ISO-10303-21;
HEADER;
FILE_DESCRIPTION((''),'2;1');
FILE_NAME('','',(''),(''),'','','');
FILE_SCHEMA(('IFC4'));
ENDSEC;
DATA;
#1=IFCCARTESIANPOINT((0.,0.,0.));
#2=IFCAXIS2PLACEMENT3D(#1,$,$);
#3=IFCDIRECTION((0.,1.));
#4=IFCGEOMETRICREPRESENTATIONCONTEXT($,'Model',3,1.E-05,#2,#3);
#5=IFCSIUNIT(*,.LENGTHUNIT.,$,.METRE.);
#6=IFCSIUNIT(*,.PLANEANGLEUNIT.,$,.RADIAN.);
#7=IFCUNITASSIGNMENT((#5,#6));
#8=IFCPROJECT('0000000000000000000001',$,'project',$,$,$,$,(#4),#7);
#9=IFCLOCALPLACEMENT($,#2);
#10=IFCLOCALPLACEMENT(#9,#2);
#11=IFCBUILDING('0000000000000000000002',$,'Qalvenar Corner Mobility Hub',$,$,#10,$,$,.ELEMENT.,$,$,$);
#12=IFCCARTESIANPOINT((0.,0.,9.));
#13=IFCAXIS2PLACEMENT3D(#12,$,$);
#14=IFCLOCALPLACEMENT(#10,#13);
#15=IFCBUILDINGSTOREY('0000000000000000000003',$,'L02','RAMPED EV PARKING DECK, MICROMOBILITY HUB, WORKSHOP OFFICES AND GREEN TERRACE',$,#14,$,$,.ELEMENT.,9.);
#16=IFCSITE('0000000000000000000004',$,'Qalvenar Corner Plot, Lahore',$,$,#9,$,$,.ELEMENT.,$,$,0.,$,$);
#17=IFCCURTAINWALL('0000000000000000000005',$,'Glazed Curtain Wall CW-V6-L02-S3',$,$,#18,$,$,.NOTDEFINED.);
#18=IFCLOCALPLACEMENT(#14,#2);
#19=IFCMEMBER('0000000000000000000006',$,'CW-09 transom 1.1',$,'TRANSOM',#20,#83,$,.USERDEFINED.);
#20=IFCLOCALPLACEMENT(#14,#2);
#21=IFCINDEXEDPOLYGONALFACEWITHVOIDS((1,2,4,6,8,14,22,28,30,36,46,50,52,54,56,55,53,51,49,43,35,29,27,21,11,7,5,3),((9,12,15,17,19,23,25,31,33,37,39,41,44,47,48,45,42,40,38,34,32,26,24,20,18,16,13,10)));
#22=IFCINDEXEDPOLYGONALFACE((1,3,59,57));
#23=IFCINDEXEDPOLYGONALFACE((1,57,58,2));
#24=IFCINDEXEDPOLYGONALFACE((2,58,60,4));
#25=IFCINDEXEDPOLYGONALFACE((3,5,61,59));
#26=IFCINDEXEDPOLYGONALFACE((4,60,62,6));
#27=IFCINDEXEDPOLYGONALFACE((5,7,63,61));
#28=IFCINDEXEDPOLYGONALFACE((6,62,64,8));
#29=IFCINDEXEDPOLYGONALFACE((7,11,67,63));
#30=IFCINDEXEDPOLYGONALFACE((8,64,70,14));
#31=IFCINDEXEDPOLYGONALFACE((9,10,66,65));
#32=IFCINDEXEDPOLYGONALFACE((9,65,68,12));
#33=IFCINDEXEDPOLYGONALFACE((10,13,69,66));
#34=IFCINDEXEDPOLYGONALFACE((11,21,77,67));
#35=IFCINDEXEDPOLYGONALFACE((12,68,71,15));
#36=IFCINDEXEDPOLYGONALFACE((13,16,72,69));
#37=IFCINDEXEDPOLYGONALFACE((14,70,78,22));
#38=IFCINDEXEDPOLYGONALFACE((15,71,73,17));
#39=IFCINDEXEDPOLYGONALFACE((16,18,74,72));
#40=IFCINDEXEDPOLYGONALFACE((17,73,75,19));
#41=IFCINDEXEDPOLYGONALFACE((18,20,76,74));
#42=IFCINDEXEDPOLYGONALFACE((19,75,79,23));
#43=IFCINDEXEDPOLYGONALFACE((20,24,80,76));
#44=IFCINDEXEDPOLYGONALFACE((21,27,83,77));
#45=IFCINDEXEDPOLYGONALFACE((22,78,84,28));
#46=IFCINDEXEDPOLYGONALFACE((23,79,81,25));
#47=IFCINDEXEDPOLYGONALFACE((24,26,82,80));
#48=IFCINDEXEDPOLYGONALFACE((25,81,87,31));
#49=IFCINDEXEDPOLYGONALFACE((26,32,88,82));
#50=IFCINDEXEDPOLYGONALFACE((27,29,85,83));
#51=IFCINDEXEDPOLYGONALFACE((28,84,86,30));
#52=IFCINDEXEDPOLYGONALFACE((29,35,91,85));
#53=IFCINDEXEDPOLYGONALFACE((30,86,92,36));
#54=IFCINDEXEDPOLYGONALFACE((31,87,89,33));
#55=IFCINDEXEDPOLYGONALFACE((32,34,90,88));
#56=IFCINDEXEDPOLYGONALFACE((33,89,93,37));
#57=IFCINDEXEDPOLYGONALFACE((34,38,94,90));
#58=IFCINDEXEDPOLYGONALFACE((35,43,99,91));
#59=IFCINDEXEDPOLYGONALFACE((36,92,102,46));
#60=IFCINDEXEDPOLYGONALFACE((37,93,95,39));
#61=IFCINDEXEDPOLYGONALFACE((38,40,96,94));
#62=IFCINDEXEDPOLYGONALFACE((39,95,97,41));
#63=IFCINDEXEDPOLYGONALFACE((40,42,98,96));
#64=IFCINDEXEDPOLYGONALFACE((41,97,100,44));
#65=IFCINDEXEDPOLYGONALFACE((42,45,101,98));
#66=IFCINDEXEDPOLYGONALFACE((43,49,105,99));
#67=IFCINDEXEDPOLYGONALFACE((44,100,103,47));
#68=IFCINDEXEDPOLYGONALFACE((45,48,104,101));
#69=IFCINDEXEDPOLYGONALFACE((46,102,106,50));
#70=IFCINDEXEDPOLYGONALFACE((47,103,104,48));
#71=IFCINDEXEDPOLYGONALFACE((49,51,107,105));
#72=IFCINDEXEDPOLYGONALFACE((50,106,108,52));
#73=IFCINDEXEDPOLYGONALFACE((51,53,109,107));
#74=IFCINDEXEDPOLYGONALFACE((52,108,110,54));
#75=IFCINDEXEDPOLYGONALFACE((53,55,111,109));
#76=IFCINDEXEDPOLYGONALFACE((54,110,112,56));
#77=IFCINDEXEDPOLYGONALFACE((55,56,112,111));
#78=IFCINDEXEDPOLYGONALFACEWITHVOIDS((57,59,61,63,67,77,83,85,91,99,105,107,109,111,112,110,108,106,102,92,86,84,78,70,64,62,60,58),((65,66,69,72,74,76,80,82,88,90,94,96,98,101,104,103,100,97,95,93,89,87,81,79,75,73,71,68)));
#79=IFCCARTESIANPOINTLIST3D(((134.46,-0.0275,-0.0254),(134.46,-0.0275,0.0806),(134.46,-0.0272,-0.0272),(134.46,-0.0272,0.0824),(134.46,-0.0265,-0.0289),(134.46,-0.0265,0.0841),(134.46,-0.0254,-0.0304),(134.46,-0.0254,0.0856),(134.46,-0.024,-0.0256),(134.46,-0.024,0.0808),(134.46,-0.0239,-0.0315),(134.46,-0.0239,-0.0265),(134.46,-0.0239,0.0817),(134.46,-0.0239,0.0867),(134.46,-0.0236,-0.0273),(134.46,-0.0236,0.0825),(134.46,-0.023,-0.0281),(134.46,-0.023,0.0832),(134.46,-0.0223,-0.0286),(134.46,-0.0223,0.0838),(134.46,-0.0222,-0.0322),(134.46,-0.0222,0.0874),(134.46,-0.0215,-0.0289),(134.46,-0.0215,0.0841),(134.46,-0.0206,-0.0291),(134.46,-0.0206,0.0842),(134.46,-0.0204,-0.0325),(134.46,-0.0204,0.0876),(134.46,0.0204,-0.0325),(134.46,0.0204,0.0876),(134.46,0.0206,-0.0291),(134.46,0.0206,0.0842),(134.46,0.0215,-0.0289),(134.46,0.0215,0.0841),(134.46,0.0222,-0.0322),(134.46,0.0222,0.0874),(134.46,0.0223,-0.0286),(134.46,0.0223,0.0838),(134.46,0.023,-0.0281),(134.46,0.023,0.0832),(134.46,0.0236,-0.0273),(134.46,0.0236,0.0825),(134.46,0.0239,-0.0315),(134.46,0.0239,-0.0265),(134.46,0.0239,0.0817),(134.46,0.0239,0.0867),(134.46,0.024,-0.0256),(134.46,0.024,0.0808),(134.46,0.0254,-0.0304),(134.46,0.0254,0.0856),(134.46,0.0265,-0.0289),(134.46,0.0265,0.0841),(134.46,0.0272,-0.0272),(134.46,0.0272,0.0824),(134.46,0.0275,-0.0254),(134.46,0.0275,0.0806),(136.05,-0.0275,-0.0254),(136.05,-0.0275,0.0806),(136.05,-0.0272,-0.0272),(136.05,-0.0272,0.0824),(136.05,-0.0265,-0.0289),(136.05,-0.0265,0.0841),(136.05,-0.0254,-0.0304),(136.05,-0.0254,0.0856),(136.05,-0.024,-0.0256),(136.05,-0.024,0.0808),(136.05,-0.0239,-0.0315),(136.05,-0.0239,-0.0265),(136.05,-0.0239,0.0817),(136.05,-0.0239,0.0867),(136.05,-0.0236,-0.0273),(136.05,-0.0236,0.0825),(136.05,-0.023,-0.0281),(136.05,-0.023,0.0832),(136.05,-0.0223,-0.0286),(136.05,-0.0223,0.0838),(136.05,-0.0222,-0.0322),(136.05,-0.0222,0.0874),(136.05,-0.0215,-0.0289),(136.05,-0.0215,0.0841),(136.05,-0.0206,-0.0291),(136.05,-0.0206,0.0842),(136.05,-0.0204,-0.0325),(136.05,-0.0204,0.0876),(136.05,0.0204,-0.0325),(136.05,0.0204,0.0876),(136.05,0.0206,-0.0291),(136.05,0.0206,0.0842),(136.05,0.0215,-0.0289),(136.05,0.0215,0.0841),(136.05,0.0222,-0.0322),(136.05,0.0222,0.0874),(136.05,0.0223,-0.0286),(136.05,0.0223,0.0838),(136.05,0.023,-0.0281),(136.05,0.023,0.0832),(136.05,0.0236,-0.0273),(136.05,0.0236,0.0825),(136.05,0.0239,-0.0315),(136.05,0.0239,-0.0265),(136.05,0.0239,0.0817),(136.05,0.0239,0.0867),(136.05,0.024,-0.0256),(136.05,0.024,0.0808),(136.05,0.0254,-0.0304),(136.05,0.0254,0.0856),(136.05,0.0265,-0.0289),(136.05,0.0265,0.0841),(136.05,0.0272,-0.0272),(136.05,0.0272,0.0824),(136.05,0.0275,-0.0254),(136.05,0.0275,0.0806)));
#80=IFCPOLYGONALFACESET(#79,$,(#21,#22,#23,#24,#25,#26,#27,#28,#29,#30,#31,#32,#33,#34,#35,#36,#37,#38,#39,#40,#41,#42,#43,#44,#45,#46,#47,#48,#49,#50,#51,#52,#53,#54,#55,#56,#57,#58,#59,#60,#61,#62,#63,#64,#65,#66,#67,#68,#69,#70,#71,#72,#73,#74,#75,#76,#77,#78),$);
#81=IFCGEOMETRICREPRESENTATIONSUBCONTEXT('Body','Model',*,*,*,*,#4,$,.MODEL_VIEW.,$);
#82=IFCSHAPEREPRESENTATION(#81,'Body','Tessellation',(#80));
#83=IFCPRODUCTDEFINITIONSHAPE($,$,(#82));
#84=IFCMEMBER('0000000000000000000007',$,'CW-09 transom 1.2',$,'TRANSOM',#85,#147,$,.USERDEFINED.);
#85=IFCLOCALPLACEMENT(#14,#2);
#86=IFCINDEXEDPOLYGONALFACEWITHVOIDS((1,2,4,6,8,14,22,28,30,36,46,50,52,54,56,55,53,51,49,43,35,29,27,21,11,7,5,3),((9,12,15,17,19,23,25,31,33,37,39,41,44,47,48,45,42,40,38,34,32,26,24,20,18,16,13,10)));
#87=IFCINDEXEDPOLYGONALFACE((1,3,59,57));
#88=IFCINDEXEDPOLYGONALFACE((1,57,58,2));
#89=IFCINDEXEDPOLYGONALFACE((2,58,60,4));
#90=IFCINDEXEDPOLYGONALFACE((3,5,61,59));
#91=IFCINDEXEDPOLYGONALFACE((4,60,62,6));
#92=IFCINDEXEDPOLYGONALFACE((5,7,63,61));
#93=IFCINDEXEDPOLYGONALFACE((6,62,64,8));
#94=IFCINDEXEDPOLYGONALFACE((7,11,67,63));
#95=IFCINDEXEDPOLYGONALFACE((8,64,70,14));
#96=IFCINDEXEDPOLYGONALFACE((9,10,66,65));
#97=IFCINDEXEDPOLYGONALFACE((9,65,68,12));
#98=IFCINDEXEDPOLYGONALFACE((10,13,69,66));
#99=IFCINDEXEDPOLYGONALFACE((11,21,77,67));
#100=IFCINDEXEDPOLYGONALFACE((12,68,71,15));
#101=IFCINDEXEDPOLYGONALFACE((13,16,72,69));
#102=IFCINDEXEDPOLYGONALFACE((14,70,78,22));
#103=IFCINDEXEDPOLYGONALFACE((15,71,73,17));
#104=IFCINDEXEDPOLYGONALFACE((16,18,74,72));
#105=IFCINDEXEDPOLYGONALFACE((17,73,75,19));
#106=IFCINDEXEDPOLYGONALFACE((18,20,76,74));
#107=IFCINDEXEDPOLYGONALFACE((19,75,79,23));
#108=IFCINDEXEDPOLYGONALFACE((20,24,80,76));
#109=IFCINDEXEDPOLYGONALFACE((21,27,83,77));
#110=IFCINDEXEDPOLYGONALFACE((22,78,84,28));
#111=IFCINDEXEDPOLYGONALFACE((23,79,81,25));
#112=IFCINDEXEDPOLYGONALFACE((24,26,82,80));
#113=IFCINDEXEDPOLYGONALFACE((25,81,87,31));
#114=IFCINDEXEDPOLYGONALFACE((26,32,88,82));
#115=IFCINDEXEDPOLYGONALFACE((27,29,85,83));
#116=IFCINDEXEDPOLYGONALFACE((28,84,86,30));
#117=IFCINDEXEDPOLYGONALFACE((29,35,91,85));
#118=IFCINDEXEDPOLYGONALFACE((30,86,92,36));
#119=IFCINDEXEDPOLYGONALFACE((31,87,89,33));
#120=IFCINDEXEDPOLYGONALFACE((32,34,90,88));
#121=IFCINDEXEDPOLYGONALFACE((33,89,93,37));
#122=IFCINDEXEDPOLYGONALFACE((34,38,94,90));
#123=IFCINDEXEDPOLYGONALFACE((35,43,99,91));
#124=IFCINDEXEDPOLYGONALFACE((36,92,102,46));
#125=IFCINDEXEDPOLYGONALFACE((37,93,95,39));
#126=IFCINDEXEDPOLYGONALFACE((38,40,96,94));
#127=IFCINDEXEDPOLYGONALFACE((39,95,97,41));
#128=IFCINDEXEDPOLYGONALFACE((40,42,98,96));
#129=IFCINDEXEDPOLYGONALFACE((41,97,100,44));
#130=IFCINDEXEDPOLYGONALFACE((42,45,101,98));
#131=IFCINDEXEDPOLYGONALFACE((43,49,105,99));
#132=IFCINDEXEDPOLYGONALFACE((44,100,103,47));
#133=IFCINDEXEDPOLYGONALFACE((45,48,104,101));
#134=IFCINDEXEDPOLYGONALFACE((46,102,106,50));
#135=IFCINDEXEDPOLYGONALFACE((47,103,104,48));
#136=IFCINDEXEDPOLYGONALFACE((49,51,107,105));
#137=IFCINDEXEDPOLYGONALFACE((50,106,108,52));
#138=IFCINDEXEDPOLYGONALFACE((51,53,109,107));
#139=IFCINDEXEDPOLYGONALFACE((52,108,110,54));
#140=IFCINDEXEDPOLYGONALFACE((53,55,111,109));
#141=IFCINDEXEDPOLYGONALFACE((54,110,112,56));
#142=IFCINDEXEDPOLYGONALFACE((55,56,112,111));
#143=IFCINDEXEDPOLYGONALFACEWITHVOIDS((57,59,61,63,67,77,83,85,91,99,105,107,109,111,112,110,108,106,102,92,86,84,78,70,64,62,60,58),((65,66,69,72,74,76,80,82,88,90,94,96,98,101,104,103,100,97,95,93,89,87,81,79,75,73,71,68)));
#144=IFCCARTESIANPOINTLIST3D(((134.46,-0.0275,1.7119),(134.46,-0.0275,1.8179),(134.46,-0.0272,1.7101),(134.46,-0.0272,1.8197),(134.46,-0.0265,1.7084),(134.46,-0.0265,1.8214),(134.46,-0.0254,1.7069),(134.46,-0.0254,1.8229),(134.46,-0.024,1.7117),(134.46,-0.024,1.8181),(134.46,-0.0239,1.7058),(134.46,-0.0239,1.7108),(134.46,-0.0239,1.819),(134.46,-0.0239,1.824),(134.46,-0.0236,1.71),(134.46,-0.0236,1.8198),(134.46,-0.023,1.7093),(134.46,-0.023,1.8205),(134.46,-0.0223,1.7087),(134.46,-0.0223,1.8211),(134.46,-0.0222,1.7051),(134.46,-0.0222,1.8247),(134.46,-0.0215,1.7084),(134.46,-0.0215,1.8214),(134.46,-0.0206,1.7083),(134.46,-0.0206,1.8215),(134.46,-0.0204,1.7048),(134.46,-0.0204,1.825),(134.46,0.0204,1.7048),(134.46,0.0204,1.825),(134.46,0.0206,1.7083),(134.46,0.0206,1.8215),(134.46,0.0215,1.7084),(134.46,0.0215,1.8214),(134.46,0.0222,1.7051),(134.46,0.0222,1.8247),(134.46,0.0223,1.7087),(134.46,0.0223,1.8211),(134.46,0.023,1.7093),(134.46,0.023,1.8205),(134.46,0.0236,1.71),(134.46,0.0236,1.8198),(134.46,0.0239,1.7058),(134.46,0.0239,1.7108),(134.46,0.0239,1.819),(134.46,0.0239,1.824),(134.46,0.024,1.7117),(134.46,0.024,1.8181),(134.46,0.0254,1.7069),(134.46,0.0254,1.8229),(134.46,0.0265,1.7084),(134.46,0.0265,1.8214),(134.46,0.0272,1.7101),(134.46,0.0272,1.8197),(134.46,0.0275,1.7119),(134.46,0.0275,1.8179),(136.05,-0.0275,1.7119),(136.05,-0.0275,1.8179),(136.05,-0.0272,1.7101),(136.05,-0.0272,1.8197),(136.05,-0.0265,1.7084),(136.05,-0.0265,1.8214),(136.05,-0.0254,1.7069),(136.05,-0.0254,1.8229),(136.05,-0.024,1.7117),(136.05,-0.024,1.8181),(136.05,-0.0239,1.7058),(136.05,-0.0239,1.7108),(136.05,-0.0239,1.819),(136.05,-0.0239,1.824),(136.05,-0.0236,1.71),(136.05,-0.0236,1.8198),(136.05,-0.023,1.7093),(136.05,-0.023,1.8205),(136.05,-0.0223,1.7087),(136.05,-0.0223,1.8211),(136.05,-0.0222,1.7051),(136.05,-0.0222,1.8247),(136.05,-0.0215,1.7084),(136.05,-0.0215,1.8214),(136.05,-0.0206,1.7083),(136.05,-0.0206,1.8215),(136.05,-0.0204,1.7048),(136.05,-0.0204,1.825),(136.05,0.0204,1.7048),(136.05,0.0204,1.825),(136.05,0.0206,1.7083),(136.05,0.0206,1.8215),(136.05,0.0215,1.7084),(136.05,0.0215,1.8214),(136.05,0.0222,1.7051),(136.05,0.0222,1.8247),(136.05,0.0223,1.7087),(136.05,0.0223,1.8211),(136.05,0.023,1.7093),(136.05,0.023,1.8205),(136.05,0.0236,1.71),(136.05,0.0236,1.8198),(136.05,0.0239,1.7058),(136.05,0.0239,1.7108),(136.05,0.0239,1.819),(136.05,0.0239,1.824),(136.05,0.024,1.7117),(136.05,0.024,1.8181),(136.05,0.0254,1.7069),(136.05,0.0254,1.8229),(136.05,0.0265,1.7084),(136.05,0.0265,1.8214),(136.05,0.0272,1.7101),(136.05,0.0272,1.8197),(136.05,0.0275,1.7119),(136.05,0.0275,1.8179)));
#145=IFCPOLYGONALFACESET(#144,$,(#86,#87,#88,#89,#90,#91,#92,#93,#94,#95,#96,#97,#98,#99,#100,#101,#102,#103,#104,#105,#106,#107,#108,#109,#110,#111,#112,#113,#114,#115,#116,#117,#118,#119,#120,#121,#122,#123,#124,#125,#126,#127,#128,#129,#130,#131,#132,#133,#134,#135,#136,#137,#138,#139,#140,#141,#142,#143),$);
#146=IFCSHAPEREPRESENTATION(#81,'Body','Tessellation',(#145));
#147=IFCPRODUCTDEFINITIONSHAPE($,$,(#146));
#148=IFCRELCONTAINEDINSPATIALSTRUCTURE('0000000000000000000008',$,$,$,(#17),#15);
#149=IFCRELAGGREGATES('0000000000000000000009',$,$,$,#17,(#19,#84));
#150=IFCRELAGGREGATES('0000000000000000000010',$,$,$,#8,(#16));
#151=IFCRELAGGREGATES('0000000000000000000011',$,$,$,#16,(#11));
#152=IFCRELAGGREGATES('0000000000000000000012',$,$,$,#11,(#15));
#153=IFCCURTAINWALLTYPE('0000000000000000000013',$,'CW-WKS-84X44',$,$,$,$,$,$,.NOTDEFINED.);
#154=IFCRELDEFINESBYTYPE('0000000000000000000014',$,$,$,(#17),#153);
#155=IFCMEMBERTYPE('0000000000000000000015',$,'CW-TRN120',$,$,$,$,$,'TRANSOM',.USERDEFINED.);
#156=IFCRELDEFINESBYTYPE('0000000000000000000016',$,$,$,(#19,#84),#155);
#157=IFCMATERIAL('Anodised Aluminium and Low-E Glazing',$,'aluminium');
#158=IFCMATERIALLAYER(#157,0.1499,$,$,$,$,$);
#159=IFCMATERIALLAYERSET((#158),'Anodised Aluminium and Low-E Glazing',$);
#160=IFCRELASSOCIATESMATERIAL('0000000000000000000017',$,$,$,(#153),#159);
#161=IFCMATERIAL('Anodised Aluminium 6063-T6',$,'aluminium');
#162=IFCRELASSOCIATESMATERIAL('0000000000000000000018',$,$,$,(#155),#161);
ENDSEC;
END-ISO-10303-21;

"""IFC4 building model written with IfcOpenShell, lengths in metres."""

from ifc_helpers import new_model, si_unit, direction, frame, origin, origin_2d, place, context, subcontext, project, spatial, hollow_rectangle, extrude, material, layer, layer_set, material_profile, profile_set, type_object, element, aggregate, save


model = new_model("IFC4")

# Units and contexts
model_context = context("Model", 3, precision=1e-05, world=origin(), true_north=direction((0.0, 1.0)))
body_context = subcontext(model_context, "Body", "Model", "MODEL_VIEW")
ifc_project = project(units=[si_unit("LENGTHUNIT", "METRE"), si_unit("PLANEANGLEUNIT", "RADIAN")], contexts=[model_context])

# Site, building, storey
site_placement = place(None, origin())
site = spatial("IfcSite", under=ifc_project, at=site_placement, Name="Qalvenar Corner Plot, Lahore", CompositionType="ELEMENT", RefElevation=0.0)
building_placement = place(site_placement, origin())
building = spatial("IfcBuilding", under=site, at=building_placement, Name="Qalvenar Corner Mobility Hub", CompositionType="ELEMENT")
storey_placement = place(building_placement, frame((0.0, 0.0, 9.0)))
storey = spatial("IfcBuildingStorey", under=building, at=storey_placement, Name="L02", Description="RAMPED EV PARKING DECK, MICROMOBILITY HUB, WORKSHOP OFFICES AND GREEN TERRACE", CompositionType="ELEMENT", Elevation=9.0)

# Curtain wall, members
ifc_material_1 = material(Name="Anodised Aluminium and Low-E Glazing", Category="aluminium")
ifc_layer_1 = layer(ifc_material_1, 0.1499)
ifc_layer_set_1 = layer_set([ifc_layer_1], Name="Anodised Aluminium and Low-E Glazing")
curtain_wall_type = type_object("IfcCurtainWallType", Name="CW-WKS-84X44", PredefinedType="NOTDEFINED", material=ifc_layer_set_1)
curtain_wall_placement = place(storey_placement, origin())
curtain_wall = element("IfcCurtainWall", 1, at=curtain_wall_placement, inside=storey, type_object=curtain_wall_type, Name="Glazed Curtain Wall CW-V6-L02-S3", PredefinedType="NOTDEFINED")
ifc_material_2 = material(Name="Anodised Aluminium 6063-T6", Category="aluminium")
ifc_material_profile_1 = material_profile(ifc_material_2, hollow_rectangle(XDim=0.0549, YDim=0.1201, WallThickness=0.0034, InnerFilletRadius=0.0034, OuterFilletRadius=0.0071, at=origin_2d()), Name="RHS120x55x3.5")
ifc_profile_set_1 = profile_set([ifc_material_profile_1], Name="Anodised Aluminium 6063-T6")
member_type_1 = type_object("IfcMemberType", Name="CW-TRN120", ElementType="TRANSOM", PredefinedType="USERDEFINED", material=ifc_profile_set_1)
member_1_placement = place(storey_placement, frame((134.46, 0.0, 0.0276), z_axis=(1.0, 0.0, 0.0), x_axis=(0.0, 1.0, 0.0)))
member_1 = element("IfcMember", 2, at=member_1_placement, type_object=member_type_1, Name="CW-09 transom 1.1", ObjectType="TRANSOM", PredefinedType="USERDEFINED", context=body_context, shape_type="SweptSolid", body=[
    extrude(hollow_rectangle(XDim=0.0549, YDim=0.1201, WallThickness=0.0034, InnerFilletRadius=0.0034, OuterFilletRadius=0.0071, at=origin_2d()), origin(), (0.0, 0.0, 1.0), 1.5901),
])
member_2_placement = place(storey_placement, frame((134.46, 0.0, 1.7649), z_axis=(1.0, 0.0, 0.0), x_axis=(0.0, 1.0, 0.0)))
member_2 = element("IfcMember", 3, at=member_2_placement, type_object=member_type_1, Name="CW-09 transom 1.2", ObjectType="TRANSOM", PredefinedType="USERDEFINED", context=body_context, shape_type="SweptSolid", body=[
    extrude(hollow_rectangle(XDim=0.0549, YDim=0.1201, WallThickness=0.0034, InnerFilletRadius=0.0034, OuterFilletRadius=0.0071, at=origin_2d()), origin(), (0.0, 0.0, 1.0), 1.5901),
])
aggregate(curtain_wall, [member_1, member_2])

save(model, "model.ifc")
